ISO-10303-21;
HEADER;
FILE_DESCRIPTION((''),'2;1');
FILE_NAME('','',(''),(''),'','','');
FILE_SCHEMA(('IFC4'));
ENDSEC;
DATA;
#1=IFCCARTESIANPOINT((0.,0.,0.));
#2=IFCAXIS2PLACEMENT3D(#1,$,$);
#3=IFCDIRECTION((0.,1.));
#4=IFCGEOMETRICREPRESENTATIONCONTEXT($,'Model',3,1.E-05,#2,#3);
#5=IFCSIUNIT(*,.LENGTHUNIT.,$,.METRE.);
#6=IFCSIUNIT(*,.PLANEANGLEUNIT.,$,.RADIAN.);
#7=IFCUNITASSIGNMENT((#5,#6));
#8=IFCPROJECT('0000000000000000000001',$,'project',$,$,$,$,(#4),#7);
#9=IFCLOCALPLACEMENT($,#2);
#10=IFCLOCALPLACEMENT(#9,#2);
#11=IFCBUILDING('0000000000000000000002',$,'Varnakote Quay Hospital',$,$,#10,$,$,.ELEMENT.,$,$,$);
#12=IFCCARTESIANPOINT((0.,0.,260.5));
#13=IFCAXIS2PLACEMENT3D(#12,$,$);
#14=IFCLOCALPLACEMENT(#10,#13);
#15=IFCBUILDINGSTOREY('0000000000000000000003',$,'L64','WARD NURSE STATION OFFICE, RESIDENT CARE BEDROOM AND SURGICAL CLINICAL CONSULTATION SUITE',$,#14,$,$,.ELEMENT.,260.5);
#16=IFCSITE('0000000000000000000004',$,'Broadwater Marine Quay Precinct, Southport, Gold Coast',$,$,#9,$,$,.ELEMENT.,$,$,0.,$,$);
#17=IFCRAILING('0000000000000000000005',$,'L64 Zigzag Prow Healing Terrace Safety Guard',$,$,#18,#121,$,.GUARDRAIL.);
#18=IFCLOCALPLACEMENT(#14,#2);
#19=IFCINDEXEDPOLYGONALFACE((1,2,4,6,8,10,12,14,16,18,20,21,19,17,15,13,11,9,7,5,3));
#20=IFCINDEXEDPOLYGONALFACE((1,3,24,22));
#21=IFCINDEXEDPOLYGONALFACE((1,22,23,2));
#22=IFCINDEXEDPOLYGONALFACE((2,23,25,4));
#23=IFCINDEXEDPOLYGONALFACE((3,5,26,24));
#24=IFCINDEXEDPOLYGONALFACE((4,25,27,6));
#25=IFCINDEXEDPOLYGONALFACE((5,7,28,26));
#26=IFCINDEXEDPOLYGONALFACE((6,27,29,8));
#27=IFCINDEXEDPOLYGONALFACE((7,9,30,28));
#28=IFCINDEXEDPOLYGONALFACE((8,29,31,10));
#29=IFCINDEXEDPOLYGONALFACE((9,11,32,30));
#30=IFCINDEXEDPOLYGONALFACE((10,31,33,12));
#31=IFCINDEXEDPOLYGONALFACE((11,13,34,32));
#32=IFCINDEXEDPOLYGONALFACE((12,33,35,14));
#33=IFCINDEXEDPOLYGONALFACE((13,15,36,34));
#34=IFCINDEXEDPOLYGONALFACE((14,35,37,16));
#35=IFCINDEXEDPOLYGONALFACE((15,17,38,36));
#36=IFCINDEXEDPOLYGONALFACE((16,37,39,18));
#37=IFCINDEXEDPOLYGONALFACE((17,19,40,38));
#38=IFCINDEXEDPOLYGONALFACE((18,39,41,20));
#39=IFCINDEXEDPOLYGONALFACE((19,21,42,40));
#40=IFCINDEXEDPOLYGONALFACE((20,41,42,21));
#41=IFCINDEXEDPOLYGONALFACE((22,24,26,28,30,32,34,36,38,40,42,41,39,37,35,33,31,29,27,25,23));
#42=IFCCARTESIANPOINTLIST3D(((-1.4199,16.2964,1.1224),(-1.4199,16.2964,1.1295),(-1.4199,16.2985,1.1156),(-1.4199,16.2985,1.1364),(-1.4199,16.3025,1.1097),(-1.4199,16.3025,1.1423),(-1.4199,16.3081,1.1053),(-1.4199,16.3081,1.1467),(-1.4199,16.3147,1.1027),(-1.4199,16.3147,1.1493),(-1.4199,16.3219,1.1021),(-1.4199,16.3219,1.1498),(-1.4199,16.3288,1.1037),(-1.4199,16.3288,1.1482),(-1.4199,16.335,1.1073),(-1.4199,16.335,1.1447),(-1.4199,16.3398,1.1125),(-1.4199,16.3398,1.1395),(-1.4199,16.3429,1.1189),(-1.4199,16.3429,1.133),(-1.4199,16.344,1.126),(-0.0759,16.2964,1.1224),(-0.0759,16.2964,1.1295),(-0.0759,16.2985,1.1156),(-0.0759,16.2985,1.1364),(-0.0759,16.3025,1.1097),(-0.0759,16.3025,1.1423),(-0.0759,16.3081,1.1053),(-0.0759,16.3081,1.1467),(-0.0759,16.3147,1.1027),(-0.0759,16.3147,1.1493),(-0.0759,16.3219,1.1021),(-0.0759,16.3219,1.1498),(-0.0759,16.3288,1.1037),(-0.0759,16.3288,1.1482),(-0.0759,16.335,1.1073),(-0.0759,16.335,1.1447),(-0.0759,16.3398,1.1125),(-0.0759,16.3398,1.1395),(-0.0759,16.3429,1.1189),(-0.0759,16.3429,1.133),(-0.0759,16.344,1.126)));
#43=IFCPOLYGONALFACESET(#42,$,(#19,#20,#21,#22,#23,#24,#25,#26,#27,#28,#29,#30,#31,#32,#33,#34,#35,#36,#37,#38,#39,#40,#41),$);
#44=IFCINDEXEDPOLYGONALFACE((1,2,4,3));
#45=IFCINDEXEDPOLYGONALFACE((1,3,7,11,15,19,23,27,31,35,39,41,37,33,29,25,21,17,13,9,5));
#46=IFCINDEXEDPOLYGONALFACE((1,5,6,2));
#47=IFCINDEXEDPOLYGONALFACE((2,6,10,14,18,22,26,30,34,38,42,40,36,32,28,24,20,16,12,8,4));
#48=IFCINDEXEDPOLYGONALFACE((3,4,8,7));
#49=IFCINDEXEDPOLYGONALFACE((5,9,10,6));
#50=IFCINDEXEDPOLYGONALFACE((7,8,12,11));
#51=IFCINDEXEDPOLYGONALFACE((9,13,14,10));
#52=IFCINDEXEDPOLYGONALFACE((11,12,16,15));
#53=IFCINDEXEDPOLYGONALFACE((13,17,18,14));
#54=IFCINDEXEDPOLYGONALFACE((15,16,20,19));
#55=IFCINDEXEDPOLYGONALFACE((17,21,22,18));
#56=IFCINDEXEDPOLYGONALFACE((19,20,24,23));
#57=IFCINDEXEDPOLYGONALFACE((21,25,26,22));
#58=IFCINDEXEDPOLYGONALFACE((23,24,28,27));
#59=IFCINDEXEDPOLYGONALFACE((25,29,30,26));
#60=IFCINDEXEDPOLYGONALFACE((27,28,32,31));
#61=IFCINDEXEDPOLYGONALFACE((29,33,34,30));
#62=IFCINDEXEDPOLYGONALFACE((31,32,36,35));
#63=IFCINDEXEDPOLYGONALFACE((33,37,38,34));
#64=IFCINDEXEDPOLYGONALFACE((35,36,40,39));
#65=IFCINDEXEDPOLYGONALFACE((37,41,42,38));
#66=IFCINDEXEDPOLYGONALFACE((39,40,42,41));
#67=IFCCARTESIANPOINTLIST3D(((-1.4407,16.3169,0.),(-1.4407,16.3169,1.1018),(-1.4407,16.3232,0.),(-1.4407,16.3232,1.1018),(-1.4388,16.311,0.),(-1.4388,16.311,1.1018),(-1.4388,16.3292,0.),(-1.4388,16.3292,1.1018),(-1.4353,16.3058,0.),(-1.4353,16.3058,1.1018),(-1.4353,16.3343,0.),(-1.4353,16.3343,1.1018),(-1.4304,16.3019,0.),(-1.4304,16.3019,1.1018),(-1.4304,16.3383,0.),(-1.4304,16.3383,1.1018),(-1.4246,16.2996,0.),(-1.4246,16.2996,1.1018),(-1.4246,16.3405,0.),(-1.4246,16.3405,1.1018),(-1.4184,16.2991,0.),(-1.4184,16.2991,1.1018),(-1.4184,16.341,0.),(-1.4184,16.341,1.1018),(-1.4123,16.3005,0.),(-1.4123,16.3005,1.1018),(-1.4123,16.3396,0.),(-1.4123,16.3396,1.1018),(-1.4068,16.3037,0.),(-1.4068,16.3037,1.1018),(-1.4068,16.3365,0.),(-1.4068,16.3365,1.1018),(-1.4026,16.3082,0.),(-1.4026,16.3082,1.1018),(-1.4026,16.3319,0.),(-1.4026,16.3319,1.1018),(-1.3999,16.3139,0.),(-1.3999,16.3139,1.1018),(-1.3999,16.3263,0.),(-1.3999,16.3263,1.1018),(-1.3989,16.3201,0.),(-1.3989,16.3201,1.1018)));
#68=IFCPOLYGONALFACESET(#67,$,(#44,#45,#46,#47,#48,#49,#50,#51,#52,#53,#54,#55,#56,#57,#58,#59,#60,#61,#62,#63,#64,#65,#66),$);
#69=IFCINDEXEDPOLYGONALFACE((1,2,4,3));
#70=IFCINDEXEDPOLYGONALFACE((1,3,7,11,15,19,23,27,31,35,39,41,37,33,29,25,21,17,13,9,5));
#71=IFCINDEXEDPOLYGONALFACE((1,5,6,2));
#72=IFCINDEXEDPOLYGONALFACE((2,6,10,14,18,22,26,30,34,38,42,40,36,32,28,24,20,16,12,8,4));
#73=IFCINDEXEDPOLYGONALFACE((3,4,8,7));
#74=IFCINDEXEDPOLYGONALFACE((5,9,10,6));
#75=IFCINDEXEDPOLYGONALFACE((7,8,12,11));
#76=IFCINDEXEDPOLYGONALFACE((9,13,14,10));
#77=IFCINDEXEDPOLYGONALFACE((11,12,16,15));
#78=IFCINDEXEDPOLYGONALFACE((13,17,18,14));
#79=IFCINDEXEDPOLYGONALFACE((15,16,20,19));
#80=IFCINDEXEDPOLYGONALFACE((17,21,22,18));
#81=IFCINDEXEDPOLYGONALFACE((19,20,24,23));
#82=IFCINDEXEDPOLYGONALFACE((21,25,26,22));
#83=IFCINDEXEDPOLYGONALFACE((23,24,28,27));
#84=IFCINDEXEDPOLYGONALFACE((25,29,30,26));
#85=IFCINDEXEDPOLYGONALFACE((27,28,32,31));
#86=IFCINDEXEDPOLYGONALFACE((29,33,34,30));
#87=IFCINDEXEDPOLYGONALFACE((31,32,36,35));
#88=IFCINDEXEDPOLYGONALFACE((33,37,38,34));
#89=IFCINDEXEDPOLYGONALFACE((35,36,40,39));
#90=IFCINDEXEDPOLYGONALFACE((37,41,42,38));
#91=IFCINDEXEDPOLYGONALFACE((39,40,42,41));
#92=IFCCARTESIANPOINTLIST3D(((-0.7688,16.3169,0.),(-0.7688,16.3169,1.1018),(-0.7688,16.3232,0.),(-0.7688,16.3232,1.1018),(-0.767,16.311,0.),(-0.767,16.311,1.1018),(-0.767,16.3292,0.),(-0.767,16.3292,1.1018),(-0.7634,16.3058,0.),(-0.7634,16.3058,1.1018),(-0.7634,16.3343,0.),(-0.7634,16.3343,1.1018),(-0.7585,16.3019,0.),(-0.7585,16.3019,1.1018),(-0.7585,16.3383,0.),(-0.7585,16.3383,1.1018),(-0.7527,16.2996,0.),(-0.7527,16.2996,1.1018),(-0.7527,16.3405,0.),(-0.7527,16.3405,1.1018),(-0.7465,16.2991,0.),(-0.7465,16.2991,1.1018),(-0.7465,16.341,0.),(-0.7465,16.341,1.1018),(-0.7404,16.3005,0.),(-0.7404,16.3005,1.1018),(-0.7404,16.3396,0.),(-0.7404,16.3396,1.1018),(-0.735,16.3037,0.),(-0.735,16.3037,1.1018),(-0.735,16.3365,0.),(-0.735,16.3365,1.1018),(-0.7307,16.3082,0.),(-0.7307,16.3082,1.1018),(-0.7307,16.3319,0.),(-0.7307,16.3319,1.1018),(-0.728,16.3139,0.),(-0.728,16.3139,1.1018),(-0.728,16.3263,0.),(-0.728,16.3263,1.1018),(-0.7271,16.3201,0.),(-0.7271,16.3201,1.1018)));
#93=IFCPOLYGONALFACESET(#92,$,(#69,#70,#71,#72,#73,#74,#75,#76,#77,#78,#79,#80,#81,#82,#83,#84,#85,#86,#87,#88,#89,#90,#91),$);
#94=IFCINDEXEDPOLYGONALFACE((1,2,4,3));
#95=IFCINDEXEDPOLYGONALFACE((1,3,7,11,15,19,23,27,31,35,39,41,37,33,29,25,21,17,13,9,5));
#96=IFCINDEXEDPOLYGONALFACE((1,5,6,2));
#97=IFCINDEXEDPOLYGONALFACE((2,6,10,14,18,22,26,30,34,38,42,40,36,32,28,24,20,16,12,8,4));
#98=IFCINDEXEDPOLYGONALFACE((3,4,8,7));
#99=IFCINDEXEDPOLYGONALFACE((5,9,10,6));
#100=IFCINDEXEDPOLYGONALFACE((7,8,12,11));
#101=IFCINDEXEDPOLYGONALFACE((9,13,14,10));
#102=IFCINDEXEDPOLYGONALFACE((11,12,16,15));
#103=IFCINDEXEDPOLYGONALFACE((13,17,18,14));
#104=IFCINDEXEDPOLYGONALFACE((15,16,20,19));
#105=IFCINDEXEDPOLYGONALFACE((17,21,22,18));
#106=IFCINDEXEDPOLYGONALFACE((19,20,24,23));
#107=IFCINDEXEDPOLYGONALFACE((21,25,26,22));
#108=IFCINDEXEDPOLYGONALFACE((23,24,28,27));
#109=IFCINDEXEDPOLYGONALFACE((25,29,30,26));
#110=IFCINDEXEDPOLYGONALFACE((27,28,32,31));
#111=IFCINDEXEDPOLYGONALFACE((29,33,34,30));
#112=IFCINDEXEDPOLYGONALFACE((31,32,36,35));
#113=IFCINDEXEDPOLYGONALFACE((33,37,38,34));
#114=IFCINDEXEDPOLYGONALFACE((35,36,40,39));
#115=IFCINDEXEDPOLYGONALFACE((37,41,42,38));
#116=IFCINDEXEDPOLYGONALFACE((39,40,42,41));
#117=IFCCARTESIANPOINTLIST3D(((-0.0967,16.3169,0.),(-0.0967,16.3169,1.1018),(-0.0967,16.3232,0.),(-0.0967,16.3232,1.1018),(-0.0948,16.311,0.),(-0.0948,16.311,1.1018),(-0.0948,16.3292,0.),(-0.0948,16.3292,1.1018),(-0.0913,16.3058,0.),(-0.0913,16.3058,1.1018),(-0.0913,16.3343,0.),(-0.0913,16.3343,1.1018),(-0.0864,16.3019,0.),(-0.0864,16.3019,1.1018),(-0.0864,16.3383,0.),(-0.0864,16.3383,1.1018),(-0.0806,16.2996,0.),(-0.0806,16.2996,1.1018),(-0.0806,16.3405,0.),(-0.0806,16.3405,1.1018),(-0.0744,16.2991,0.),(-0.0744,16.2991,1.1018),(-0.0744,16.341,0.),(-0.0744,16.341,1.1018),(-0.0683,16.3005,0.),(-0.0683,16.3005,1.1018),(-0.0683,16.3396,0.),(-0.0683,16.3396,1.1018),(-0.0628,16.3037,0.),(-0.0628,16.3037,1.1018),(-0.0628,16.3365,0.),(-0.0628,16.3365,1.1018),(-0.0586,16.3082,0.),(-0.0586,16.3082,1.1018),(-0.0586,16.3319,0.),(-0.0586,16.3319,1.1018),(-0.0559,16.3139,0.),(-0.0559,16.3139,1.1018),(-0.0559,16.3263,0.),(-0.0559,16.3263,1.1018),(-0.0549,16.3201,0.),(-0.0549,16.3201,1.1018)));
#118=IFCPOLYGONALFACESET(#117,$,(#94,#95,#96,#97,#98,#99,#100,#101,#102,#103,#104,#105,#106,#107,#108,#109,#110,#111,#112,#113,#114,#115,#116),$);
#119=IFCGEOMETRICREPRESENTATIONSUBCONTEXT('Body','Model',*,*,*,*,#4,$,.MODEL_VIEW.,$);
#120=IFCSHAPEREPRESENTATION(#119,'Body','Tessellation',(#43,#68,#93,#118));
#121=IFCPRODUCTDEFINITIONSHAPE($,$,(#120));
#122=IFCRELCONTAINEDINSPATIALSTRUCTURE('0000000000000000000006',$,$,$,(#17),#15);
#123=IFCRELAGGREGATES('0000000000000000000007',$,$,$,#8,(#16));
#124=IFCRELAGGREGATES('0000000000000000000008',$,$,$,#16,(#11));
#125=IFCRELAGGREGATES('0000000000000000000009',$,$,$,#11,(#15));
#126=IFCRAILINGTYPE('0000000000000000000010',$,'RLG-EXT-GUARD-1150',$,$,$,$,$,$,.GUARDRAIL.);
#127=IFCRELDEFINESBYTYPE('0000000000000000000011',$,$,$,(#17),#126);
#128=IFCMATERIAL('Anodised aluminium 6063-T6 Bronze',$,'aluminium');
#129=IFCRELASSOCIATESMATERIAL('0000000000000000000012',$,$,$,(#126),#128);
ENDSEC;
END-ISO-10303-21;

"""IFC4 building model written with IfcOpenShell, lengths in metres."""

from ifc_helpers import new_model, si_unit, direction, frame, origin, origin_2d, place, context, subcontext, project, spatial, circle, extrude, material, type_object, element, save


model = new_model("IFC4")

# Units and contexts
model_context = context("Model", 3, precision=1e-05, world=origin(), true_north=direction((0.0, 1.0)))
body_context = subcontext(model_context, "Body", "Model", "MODEL_VIEW")
ifc_project = project(units=[si_unit("LENGTHUNIT", "METRE"), si_unit("PLANEANGLEUNIT", "RADIAN")], contexts=[model_context])

# Site, building, storey
site_placement = place(None, origin())
site = spatial("IfcSite", under=ifc_project, at=site_placement, Name="Broadwater Marine Quay Precinct, Southport, Gold Coast", CompositionType="ELEMENT", RefElevation=0.0)
building_placement = place(site_placement, origin())
building = spatial("IfcBuilding", under=site, at=building_placement, Name="Varnakote Quay Hospital", CompositionType="ELEMENT")
storey_placement = place(building_placement, frame((0.0, 0.0, 260.5)))
storey = spatial("IfcBuildingStorey", under=building, at=storey_placement, Name="L64", Description="WARD NURSE STATION OFFICE, RESIDENT CARE BEDROOM AND SURGICAL CLINICAL CONSULTATION SUITE", CompositionType="ELEMENT", Elevation=260.5)

# Railing
ifc_material_1 = material(Name="Anodised aluminium 6063-T6 Bronze", Category="aluminium")
railing_type = type_object("IfcRailingType", Name="RLG-EXT-GUARD-1150", PredefinedType="GUARDRAIL", material=ifc_material_1)
railing_1_placement = place(storey_placement, frame((-1.4199, 16.3201, 0.0)))
element("IfcRailing", 1, at=railing_1_placement, inside=storey, type_object=railing_type, Name="L64 Zigzag Prow Healing Terrace Safety Guard", PredefinedType="GUARDRAIL", context=body_context, shape_type="SweptSolid", body=[
    extrude(circle(Radius=0.0239, at=origin_2d()), frame((0.0, 0.0, 1.126), z_axis=(1.0, 0.0, 0.0), x_axis=(0.0, 1.0, 0.0)), (0.0, 0.0, 1.0), 1.344),
    extrude(circle(Radius=0.021, at=origin_2d()), origin(), (0.0, 0.0, 1.0), 1.1018),
    extrude(circle(Radius=0.021, at=origin_2d()), frame((0.6719, 0.0, 0.0)), (0.0, 0.0, 1.0), 1.1018),
    extrude(circle(Radius=0.021, at=origin_2d()), frame((1.344, 0.0, 0.0)), (0.0, 0.0, 1.0), 1.1018),
])

save(model, "model.ifc")
